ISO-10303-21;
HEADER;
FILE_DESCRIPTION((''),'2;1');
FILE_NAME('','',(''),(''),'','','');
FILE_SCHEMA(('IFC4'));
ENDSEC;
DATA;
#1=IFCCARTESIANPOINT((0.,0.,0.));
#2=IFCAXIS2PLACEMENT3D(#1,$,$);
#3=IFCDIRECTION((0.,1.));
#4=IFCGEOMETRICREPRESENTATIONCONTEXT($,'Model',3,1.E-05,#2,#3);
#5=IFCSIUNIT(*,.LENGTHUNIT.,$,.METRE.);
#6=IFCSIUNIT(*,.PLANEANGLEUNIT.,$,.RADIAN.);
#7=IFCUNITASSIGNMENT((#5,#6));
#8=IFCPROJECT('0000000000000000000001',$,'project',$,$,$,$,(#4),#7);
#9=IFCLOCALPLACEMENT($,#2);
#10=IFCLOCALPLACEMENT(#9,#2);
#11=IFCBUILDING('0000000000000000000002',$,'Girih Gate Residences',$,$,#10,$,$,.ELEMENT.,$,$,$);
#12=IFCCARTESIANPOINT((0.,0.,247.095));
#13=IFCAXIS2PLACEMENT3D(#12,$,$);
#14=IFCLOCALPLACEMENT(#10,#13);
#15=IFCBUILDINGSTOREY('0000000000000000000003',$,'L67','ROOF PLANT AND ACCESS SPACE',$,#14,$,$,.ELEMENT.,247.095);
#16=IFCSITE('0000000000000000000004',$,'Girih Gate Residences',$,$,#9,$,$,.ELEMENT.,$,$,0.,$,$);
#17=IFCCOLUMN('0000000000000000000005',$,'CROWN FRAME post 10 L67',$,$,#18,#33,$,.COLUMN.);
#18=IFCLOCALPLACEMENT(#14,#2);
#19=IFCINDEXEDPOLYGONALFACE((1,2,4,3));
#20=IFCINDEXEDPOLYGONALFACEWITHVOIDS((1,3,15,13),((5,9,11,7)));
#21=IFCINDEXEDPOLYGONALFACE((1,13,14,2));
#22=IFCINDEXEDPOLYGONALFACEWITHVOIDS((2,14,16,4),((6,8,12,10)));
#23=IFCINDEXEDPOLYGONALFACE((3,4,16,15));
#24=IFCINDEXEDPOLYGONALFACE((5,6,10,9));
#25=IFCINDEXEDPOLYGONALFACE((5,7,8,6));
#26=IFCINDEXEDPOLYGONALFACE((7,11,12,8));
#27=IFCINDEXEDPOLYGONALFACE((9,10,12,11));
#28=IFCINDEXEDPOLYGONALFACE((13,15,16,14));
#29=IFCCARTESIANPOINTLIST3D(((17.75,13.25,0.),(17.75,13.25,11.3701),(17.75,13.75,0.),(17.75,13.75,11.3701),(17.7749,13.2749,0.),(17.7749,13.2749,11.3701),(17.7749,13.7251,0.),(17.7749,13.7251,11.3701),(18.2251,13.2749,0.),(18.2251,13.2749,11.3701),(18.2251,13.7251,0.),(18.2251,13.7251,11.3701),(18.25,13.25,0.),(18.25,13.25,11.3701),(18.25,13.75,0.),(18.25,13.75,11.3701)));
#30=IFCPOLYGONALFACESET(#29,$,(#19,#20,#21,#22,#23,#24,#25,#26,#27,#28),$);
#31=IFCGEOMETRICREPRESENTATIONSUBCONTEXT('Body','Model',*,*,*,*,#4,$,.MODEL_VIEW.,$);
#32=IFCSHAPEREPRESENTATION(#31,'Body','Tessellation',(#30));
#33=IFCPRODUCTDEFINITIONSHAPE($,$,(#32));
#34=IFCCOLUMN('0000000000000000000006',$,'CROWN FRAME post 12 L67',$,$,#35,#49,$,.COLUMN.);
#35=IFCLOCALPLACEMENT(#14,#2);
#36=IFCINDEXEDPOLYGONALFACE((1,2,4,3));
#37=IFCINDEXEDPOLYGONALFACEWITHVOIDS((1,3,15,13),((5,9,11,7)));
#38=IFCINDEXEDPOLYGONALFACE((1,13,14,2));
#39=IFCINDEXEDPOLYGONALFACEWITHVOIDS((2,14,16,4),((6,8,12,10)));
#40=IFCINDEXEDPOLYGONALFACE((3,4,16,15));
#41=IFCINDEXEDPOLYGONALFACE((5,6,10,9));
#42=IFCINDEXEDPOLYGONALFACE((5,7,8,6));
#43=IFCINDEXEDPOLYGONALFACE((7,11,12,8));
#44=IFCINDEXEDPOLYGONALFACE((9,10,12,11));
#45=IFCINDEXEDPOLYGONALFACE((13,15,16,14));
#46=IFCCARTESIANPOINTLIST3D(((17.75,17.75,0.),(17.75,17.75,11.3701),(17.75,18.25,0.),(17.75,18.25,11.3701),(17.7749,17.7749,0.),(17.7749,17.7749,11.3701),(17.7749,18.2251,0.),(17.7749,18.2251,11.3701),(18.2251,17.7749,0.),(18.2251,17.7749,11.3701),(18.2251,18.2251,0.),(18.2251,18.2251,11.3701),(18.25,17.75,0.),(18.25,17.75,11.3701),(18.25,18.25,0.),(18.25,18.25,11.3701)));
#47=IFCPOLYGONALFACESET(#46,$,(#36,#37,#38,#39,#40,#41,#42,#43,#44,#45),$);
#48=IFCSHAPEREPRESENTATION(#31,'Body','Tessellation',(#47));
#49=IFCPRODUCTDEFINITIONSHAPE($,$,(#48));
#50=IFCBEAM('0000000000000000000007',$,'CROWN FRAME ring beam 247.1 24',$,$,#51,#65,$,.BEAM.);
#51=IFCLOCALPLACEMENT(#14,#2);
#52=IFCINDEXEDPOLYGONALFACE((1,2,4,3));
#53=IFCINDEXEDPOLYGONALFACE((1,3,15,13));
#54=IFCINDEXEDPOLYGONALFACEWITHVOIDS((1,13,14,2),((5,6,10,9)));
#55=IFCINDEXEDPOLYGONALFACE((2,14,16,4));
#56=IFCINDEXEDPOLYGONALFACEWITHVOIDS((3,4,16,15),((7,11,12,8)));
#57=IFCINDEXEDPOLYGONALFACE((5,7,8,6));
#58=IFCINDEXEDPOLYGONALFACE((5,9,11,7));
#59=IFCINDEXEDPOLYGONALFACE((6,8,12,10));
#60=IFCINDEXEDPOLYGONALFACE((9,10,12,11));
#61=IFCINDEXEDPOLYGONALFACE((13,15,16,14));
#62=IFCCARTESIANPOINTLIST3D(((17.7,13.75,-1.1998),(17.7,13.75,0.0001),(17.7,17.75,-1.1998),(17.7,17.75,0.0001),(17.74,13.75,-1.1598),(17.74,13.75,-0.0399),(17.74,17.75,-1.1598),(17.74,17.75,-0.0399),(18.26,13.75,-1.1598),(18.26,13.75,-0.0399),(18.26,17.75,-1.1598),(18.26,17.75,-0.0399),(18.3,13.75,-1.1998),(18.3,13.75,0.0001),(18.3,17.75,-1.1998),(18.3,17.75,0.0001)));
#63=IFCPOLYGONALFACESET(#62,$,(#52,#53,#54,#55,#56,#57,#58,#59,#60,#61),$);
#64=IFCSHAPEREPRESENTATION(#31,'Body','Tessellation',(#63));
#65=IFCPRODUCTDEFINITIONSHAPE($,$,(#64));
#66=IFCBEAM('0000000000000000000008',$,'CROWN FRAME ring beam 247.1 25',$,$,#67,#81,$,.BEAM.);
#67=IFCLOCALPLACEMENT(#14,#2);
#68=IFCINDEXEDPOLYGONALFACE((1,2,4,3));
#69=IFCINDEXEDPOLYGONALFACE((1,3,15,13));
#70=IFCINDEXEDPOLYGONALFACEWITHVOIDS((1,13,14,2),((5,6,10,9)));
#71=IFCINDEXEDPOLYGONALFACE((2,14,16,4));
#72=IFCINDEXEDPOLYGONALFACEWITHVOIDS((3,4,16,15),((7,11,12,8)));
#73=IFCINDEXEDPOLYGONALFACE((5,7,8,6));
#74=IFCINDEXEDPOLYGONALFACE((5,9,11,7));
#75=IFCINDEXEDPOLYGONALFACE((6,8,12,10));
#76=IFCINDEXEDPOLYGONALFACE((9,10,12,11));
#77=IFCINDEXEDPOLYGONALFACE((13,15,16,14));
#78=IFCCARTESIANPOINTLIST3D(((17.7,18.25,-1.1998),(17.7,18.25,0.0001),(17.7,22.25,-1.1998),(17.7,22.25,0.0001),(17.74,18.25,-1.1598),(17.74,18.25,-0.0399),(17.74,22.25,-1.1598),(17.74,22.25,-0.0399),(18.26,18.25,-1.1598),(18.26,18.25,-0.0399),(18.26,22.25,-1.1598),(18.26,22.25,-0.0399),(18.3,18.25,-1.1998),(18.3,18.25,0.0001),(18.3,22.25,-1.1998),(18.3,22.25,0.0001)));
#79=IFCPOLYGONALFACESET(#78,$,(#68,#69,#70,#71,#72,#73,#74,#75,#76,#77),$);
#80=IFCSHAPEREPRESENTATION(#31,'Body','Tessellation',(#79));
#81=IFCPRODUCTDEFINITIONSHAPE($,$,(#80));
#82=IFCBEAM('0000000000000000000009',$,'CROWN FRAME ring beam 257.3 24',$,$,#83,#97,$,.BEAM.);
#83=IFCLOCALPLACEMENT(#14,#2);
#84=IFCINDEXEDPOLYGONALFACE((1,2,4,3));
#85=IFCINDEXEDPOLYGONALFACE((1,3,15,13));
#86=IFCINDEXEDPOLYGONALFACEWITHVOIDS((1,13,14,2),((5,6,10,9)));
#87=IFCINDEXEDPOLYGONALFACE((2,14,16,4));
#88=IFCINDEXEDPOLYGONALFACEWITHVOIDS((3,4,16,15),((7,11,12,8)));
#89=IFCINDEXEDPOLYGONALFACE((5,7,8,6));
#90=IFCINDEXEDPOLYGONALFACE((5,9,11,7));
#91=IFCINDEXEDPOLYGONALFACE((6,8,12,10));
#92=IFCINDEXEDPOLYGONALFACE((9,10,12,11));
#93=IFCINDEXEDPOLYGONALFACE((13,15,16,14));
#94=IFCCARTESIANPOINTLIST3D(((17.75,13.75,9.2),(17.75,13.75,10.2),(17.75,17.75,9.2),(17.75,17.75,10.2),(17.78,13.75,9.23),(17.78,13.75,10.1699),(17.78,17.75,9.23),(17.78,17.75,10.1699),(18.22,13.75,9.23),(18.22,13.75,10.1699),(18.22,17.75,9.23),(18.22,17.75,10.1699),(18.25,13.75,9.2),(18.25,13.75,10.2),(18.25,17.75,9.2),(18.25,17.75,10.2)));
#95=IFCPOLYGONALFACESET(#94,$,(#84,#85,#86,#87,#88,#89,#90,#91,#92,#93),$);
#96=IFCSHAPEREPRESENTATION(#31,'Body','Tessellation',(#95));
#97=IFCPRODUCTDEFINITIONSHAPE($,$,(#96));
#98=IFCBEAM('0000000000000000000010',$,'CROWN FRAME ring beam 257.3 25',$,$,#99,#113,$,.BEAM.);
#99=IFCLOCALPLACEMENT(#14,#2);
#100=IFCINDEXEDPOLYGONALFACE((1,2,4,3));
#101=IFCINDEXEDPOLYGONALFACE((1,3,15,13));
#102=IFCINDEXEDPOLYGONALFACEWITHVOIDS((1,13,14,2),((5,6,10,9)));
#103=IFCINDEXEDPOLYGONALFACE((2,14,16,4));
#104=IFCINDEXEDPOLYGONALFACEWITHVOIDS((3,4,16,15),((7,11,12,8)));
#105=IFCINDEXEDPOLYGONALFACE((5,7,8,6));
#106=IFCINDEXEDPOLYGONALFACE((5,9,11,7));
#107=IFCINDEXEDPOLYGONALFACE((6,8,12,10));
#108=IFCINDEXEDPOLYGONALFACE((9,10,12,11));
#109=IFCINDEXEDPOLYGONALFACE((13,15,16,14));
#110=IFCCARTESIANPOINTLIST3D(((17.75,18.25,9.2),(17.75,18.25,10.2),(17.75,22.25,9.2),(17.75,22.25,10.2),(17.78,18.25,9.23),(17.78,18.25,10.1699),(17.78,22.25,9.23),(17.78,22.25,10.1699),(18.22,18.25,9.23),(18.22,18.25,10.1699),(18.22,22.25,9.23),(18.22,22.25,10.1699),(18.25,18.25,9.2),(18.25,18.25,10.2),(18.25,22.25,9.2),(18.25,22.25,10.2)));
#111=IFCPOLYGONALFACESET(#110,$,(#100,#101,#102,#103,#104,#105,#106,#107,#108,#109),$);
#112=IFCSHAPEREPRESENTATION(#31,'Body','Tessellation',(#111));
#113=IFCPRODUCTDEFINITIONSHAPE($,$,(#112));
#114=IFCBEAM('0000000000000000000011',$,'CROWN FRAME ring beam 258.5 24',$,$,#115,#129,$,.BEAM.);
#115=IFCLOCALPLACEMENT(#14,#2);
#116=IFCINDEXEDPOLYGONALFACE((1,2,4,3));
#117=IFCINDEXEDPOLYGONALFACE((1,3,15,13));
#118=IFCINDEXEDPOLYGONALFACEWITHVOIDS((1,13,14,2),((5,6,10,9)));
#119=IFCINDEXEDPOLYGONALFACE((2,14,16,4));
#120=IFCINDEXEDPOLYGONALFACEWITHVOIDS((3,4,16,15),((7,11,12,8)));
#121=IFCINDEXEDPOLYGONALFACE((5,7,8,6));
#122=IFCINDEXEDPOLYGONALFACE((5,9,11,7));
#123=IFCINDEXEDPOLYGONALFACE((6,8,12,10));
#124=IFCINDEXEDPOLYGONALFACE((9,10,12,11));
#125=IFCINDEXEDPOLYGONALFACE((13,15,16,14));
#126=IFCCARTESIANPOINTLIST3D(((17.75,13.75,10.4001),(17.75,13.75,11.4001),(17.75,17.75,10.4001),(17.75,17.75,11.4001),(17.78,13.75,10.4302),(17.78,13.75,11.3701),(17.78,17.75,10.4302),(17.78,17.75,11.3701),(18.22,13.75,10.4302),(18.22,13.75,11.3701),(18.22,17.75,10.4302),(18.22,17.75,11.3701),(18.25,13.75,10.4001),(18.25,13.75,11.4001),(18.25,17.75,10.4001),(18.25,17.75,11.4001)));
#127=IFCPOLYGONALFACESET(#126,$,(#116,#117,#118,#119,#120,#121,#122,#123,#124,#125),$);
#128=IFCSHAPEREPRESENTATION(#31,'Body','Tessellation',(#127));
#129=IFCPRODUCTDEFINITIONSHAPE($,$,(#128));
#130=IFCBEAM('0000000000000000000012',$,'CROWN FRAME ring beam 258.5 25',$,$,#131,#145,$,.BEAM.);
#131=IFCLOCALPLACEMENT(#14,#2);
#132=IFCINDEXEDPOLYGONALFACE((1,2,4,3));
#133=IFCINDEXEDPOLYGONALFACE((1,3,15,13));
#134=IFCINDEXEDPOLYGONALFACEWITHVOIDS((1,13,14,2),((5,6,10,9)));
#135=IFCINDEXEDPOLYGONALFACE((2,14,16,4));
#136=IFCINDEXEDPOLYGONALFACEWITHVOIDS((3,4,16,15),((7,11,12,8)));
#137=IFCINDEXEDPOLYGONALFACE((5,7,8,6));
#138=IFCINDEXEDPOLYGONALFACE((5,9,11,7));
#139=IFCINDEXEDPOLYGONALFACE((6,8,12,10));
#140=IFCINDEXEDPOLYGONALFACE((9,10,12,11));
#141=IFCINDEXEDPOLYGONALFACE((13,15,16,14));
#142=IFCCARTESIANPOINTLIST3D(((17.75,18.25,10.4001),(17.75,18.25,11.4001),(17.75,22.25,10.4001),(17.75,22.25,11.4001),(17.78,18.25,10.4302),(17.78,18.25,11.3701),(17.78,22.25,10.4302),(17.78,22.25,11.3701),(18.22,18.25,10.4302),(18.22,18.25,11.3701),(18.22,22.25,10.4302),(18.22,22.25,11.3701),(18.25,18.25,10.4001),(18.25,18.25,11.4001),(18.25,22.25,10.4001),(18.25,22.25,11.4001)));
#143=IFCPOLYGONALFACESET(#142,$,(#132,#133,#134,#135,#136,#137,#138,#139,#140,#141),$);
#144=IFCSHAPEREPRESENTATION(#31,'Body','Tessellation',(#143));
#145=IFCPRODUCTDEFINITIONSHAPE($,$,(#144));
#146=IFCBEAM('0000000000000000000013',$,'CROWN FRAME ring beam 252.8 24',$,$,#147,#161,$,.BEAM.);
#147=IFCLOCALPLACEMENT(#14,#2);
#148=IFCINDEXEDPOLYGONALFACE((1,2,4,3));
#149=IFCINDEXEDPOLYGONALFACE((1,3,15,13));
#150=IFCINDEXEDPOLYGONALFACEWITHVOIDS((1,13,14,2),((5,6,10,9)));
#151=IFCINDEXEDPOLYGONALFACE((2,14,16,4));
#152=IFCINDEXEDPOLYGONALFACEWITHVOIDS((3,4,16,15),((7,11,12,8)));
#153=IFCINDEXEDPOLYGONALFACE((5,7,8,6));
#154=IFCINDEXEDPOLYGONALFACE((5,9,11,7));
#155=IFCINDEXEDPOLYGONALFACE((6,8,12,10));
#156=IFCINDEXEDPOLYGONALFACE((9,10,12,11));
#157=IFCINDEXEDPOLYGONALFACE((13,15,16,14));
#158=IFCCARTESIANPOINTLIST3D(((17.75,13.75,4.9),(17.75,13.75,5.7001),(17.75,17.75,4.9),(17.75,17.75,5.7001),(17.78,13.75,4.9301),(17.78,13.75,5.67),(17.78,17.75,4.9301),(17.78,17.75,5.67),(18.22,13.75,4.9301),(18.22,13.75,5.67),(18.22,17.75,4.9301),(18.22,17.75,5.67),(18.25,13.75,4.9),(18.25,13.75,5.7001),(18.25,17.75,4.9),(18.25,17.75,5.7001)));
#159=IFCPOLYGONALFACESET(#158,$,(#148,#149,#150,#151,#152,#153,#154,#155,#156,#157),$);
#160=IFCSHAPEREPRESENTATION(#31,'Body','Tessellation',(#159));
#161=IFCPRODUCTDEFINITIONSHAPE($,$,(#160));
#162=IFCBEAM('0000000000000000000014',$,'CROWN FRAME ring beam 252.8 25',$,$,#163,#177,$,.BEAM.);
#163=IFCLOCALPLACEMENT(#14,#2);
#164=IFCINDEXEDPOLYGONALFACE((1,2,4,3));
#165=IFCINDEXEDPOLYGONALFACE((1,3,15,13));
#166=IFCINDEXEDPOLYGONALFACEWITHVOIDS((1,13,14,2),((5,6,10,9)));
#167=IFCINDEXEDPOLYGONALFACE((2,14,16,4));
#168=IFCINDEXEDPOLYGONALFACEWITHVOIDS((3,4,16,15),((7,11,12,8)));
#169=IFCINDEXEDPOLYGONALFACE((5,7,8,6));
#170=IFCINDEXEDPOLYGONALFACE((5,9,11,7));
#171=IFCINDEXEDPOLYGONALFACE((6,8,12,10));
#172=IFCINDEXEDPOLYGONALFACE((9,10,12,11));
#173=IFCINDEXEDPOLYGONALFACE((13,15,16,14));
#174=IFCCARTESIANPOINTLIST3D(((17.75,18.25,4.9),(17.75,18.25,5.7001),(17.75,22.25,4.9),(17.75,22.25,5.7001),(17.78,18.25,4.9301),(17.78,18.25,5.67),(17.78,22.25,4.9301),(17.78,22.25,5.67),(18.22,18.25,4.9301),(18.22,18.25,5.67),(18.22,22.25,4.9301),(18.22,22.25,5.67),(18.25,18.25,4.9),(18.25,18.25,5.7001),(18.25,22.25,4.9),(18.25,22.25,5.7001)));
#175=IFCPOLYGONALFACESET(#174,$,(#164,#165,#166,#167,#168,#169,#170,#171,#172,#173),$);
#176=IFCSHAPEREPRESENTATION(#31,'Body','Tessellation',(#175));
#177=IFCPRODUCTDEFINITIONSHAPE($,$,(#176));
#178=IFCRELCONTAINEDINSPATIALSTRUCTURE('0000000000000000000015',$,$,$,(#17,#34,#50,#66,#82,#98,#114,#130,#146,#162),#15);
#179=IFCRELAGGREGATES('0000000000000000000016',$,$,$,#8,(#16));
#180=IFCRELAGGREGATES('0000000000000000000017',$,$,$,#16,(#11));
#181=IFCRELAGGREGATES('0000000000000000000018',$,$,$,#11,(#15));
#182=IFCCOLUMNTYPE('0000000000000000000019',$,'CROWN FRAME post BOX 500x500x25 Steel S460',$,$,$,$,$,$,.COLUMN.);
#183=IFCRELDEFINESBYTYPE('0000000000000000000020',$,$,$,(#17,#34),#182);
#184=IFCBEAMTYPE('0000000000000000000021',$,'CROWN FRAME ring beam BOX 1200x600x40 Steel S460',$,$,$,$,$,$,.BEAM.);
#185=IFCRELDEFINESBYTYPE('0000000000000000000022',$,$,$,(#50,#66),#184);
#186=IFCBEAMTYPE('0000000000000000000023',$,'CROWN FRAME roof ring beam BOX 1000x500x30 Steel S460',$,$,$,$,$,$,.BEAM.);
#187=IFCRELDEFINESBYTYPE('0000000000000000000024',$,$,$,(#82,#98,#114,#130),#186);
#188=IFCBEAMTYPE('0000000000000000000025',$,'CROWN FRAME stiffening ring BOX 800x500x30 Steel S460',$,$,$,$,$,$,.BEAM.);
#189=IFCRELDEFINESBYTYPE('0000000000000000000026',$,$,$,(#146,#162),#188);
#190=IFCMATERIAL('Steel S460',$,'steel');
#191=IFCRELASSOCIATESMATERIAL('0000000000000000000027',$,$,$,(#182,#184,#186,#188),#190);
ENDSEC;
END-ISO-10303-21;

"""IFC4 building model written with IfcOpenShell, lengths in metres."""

from ifc_helpers import new_model, si_unit, direction, frame, origin, origin_2d, place, context, subcontext, project, spatial, hollow_rectangle, extrude, material, material_profile, profile_set, type_object, element, save


model = new_model("IFC4")

# Units and contexts
model_context = context("Model", 3, precision=1e-05, world=origin(), true_north=direction((0.0, 1.0)))
body_context = subcontext(model_context, "Body", "Model", "MODEL_VIEW")
ifc_project = project(units=[si_unit("LENGTHUNIT", "METRE"), si_unit("PLANEANGLEUNIT", "RADIAN")], contexts=[model_context])

# Site, building, storey
site_placement = place(None, origin())
site = spatial("IfcSite", under=ifc_project, at=site_placement, Name="Girih Gate Residences", CompositionType="ELEMENT", RefElevation=0.0)
building_placement = place(site_placement, origin())
building = spatial("IfcBuilding", under=site, at=building_placement, Name="Girih Gate Residences", CompositionType="ELEMENT")
storey_placement = place(building_placement, frame((0.0, 0.0, 247.095)))
storey = spatial("IfcBuildingStorey", under=building, at=storey_placement, Name="L67", Description="ROOF PLANT AND ACCESS SPACE", CompositionType="ELEMENT", Elevation=247.095)

# Columns
ifc_material_1 = material(Name="Steel S460", Category="steel")
ifc_material_profile_1 = material_profile(ifc_material_1, hollow_rectangle(XDim=0.5, YDim=0.5, WallThickness=0.0249, at=origin_2d()))
ifc_profile_set_1 = profile_set([ifc_material_profile_1], Name="Steel S460")
column_type = type_object("IfcColumnType", Name="CROWN FRAME post BOX 500x500x25 Steel S460", PredefinedType="COLUMN", material=ifc_profile_set_1)
for number, where, z_axis, x_axis, name in (
    (1, (18.0, 13.5, 0.0), (0.0, 0.0, 1.0), (1.0, 0.0, 0.0), "CROWN FRAME post 10 L67"),
    (2, (18.0, 18.0, 0.0), (0.0, 0.0, 1.0), (1.0, 0.0, 0.0), "CROWN FRAME post 12 L67"),
):
    element("IfcColumn", number, at=place(storey_placement, frame(where, z_axis=z_axis, x_axis=x_axis)), inside=storey, type_object=column_type, Name=name, PredefinedType="COLUMN", context=body_context, shape_type="SweptSolid", body=[
        extrude(hollow_rectangle(XDim=0.5, YDim=0.5, WallThickness=0.0249, at=origin_2d()), origin(), (0.0, 0.0, 1.0), 11.3701),
    ])

# Beams
ifc_material_profile_2 = material_profile(ifc_material_1, hollow_rectangle(XDim=0.6001, YDim=1.2, WallThickness=0.04, at=origin_2d()))
ifc_profile_set_2 = profile_set([ifc_material_profile_2], Name="Steel S460")
beam_type_1 = type_object("IfcBeamType", Name="CROWN FRAME ring beam BOX 1200x600x40 Steel S460", PredefinedType="BEAM", material=ifc_profile_set_2)
for number, where, z_axis, x_axis, name in (
    (3, (18.0, 13.75, -0.5999), (0.0, 1.0, 0.0), (-1.0, 0.0, 0.0), "CROWN FRAME ring beam 247.1 24"),
    (4, (18.0, 18.25, -0.5999), (0.0, 1.0, 0.0), (-1.0, 0.0, 0.0), "CROWN FRAME ring beam 247.1 25"),
):
    element("IfcBeam", number, at=place(storey_placement, frame(where, z_axis=z_axis, x_axis=x_axis)), inside=storey, type_object=beam_type_1, Name=name, PredefinedType="BEAM", context=body_context, shape_type="SweptSolid", body=[
        extrude(hollow_rectangle(XDim=0.6001, YDim=1.2, WallThickness=0.04, at=origin_2d()), origin(), (0.0, 0.0, 1.0), 4.0),
    ])
ifc_material_profile_3 = material_profile(ifc_material_1, hollow_rectangle(XDim=0.5, YDim=1.0, WallThickness=0.03, at=origin_2d()))
ifc_profile_set_3 = profile_set([ifc_material_profile_3], Name="Steel S460")
beam_type_2 = type_object("IfcBeamType", Name="CROWN FRAME roof ring beam BOX 1000x500x30 Steel S460", PredefinedType="BEAM", material=ifc_profile_set_3)
for number, where, z_axis, x_axis, name in (
    (5, (18.0, 13.75, 9.7), (0.0, 1.0, 0.0), (-1.0, 0.0, 0.0), "CROWN FRAME ring beam 257.3 24"),
    (6, (18.0, 18.25, 9.7), (0.0, 1.0, 0.0), (-1.0, 0.0, 0.0), "CROWN FRAME ring beam 257.3 25"),
    (7, (18.0, 13.75, 10.9001), (0.0, 1.0, 0.0), (-1.0, 0.0, 0.0), "CROWN FRAME ring beam 258.5 24"),
    (8, (18.0, 18.25, 10.9001), (0.0, 1.0, 0.0), (-1.0, 0.0, 0.0), "CROWN FRAME ring beam 258.5 25"),
):
    element("IfcBeam", number, at=place(storey_placement, frame(where, z_axis=z_axis, x_axis=x_axis)), inside=storey, type_object=beam_type_2, Name=name, PredefinedType="BEAM", context=body_context, shape_type="SweptSolid", body=[
        extrude(hollow_rectangle(XDim=0.5, YDim=1.0, WallThickness=0.03, at=origin_2d()), origin(), (0.0, 0.0, 1.0), 4.0),
    ])
ifc_material_profile_4 = material_profile(ifc_material_1, hollow_rectangle(XDim=0.5, YDim=0.8, WallThickness=0.03, at=origin_2d()))
ifc_profile_set_4 = profile_set([ifc_material_profile_4], Name="Steel S460")
beam_type_3 = type_object("IfcBeamType", Name="CROWN FRAME stiffening ring BOX 800x500x30 Steel S460", PredefinedType="BEAM", material=ifc_profile_set_4)
for number, where, z_axis, x_axis, name in (
    (9, (18.0, 13.75, 5.3), (0.0, 1.0, 0.0), (-1.0, 0.0, 0.0), "CROWN FRAME ring beam 252.8 24"),
    (10, (18.0, 18.25, 5.3), (0.0, 1.0, 0.0), (-1.0, 0.0, 0.0), "CROWN FRAME ring beam 252.8 25"),
):
    element("IfcBeam", number, at=place(storey_placement, frame(where, z_axis=z_axis, x_axis=x_axis)), inside=storey, type_object=beam_type_3, Name=name, PredefinedType="BEAM", context=body_context, shape_type="SweptSolid", body=[
        extrude(hollow_rectangle(XDim=0.5, YDim=0.8, WallThickness=0.03, at=origin_2d()), origin(), (0.0, 0.0, 1.0), 4.0),
    ])

save(model, "model.ifc")
